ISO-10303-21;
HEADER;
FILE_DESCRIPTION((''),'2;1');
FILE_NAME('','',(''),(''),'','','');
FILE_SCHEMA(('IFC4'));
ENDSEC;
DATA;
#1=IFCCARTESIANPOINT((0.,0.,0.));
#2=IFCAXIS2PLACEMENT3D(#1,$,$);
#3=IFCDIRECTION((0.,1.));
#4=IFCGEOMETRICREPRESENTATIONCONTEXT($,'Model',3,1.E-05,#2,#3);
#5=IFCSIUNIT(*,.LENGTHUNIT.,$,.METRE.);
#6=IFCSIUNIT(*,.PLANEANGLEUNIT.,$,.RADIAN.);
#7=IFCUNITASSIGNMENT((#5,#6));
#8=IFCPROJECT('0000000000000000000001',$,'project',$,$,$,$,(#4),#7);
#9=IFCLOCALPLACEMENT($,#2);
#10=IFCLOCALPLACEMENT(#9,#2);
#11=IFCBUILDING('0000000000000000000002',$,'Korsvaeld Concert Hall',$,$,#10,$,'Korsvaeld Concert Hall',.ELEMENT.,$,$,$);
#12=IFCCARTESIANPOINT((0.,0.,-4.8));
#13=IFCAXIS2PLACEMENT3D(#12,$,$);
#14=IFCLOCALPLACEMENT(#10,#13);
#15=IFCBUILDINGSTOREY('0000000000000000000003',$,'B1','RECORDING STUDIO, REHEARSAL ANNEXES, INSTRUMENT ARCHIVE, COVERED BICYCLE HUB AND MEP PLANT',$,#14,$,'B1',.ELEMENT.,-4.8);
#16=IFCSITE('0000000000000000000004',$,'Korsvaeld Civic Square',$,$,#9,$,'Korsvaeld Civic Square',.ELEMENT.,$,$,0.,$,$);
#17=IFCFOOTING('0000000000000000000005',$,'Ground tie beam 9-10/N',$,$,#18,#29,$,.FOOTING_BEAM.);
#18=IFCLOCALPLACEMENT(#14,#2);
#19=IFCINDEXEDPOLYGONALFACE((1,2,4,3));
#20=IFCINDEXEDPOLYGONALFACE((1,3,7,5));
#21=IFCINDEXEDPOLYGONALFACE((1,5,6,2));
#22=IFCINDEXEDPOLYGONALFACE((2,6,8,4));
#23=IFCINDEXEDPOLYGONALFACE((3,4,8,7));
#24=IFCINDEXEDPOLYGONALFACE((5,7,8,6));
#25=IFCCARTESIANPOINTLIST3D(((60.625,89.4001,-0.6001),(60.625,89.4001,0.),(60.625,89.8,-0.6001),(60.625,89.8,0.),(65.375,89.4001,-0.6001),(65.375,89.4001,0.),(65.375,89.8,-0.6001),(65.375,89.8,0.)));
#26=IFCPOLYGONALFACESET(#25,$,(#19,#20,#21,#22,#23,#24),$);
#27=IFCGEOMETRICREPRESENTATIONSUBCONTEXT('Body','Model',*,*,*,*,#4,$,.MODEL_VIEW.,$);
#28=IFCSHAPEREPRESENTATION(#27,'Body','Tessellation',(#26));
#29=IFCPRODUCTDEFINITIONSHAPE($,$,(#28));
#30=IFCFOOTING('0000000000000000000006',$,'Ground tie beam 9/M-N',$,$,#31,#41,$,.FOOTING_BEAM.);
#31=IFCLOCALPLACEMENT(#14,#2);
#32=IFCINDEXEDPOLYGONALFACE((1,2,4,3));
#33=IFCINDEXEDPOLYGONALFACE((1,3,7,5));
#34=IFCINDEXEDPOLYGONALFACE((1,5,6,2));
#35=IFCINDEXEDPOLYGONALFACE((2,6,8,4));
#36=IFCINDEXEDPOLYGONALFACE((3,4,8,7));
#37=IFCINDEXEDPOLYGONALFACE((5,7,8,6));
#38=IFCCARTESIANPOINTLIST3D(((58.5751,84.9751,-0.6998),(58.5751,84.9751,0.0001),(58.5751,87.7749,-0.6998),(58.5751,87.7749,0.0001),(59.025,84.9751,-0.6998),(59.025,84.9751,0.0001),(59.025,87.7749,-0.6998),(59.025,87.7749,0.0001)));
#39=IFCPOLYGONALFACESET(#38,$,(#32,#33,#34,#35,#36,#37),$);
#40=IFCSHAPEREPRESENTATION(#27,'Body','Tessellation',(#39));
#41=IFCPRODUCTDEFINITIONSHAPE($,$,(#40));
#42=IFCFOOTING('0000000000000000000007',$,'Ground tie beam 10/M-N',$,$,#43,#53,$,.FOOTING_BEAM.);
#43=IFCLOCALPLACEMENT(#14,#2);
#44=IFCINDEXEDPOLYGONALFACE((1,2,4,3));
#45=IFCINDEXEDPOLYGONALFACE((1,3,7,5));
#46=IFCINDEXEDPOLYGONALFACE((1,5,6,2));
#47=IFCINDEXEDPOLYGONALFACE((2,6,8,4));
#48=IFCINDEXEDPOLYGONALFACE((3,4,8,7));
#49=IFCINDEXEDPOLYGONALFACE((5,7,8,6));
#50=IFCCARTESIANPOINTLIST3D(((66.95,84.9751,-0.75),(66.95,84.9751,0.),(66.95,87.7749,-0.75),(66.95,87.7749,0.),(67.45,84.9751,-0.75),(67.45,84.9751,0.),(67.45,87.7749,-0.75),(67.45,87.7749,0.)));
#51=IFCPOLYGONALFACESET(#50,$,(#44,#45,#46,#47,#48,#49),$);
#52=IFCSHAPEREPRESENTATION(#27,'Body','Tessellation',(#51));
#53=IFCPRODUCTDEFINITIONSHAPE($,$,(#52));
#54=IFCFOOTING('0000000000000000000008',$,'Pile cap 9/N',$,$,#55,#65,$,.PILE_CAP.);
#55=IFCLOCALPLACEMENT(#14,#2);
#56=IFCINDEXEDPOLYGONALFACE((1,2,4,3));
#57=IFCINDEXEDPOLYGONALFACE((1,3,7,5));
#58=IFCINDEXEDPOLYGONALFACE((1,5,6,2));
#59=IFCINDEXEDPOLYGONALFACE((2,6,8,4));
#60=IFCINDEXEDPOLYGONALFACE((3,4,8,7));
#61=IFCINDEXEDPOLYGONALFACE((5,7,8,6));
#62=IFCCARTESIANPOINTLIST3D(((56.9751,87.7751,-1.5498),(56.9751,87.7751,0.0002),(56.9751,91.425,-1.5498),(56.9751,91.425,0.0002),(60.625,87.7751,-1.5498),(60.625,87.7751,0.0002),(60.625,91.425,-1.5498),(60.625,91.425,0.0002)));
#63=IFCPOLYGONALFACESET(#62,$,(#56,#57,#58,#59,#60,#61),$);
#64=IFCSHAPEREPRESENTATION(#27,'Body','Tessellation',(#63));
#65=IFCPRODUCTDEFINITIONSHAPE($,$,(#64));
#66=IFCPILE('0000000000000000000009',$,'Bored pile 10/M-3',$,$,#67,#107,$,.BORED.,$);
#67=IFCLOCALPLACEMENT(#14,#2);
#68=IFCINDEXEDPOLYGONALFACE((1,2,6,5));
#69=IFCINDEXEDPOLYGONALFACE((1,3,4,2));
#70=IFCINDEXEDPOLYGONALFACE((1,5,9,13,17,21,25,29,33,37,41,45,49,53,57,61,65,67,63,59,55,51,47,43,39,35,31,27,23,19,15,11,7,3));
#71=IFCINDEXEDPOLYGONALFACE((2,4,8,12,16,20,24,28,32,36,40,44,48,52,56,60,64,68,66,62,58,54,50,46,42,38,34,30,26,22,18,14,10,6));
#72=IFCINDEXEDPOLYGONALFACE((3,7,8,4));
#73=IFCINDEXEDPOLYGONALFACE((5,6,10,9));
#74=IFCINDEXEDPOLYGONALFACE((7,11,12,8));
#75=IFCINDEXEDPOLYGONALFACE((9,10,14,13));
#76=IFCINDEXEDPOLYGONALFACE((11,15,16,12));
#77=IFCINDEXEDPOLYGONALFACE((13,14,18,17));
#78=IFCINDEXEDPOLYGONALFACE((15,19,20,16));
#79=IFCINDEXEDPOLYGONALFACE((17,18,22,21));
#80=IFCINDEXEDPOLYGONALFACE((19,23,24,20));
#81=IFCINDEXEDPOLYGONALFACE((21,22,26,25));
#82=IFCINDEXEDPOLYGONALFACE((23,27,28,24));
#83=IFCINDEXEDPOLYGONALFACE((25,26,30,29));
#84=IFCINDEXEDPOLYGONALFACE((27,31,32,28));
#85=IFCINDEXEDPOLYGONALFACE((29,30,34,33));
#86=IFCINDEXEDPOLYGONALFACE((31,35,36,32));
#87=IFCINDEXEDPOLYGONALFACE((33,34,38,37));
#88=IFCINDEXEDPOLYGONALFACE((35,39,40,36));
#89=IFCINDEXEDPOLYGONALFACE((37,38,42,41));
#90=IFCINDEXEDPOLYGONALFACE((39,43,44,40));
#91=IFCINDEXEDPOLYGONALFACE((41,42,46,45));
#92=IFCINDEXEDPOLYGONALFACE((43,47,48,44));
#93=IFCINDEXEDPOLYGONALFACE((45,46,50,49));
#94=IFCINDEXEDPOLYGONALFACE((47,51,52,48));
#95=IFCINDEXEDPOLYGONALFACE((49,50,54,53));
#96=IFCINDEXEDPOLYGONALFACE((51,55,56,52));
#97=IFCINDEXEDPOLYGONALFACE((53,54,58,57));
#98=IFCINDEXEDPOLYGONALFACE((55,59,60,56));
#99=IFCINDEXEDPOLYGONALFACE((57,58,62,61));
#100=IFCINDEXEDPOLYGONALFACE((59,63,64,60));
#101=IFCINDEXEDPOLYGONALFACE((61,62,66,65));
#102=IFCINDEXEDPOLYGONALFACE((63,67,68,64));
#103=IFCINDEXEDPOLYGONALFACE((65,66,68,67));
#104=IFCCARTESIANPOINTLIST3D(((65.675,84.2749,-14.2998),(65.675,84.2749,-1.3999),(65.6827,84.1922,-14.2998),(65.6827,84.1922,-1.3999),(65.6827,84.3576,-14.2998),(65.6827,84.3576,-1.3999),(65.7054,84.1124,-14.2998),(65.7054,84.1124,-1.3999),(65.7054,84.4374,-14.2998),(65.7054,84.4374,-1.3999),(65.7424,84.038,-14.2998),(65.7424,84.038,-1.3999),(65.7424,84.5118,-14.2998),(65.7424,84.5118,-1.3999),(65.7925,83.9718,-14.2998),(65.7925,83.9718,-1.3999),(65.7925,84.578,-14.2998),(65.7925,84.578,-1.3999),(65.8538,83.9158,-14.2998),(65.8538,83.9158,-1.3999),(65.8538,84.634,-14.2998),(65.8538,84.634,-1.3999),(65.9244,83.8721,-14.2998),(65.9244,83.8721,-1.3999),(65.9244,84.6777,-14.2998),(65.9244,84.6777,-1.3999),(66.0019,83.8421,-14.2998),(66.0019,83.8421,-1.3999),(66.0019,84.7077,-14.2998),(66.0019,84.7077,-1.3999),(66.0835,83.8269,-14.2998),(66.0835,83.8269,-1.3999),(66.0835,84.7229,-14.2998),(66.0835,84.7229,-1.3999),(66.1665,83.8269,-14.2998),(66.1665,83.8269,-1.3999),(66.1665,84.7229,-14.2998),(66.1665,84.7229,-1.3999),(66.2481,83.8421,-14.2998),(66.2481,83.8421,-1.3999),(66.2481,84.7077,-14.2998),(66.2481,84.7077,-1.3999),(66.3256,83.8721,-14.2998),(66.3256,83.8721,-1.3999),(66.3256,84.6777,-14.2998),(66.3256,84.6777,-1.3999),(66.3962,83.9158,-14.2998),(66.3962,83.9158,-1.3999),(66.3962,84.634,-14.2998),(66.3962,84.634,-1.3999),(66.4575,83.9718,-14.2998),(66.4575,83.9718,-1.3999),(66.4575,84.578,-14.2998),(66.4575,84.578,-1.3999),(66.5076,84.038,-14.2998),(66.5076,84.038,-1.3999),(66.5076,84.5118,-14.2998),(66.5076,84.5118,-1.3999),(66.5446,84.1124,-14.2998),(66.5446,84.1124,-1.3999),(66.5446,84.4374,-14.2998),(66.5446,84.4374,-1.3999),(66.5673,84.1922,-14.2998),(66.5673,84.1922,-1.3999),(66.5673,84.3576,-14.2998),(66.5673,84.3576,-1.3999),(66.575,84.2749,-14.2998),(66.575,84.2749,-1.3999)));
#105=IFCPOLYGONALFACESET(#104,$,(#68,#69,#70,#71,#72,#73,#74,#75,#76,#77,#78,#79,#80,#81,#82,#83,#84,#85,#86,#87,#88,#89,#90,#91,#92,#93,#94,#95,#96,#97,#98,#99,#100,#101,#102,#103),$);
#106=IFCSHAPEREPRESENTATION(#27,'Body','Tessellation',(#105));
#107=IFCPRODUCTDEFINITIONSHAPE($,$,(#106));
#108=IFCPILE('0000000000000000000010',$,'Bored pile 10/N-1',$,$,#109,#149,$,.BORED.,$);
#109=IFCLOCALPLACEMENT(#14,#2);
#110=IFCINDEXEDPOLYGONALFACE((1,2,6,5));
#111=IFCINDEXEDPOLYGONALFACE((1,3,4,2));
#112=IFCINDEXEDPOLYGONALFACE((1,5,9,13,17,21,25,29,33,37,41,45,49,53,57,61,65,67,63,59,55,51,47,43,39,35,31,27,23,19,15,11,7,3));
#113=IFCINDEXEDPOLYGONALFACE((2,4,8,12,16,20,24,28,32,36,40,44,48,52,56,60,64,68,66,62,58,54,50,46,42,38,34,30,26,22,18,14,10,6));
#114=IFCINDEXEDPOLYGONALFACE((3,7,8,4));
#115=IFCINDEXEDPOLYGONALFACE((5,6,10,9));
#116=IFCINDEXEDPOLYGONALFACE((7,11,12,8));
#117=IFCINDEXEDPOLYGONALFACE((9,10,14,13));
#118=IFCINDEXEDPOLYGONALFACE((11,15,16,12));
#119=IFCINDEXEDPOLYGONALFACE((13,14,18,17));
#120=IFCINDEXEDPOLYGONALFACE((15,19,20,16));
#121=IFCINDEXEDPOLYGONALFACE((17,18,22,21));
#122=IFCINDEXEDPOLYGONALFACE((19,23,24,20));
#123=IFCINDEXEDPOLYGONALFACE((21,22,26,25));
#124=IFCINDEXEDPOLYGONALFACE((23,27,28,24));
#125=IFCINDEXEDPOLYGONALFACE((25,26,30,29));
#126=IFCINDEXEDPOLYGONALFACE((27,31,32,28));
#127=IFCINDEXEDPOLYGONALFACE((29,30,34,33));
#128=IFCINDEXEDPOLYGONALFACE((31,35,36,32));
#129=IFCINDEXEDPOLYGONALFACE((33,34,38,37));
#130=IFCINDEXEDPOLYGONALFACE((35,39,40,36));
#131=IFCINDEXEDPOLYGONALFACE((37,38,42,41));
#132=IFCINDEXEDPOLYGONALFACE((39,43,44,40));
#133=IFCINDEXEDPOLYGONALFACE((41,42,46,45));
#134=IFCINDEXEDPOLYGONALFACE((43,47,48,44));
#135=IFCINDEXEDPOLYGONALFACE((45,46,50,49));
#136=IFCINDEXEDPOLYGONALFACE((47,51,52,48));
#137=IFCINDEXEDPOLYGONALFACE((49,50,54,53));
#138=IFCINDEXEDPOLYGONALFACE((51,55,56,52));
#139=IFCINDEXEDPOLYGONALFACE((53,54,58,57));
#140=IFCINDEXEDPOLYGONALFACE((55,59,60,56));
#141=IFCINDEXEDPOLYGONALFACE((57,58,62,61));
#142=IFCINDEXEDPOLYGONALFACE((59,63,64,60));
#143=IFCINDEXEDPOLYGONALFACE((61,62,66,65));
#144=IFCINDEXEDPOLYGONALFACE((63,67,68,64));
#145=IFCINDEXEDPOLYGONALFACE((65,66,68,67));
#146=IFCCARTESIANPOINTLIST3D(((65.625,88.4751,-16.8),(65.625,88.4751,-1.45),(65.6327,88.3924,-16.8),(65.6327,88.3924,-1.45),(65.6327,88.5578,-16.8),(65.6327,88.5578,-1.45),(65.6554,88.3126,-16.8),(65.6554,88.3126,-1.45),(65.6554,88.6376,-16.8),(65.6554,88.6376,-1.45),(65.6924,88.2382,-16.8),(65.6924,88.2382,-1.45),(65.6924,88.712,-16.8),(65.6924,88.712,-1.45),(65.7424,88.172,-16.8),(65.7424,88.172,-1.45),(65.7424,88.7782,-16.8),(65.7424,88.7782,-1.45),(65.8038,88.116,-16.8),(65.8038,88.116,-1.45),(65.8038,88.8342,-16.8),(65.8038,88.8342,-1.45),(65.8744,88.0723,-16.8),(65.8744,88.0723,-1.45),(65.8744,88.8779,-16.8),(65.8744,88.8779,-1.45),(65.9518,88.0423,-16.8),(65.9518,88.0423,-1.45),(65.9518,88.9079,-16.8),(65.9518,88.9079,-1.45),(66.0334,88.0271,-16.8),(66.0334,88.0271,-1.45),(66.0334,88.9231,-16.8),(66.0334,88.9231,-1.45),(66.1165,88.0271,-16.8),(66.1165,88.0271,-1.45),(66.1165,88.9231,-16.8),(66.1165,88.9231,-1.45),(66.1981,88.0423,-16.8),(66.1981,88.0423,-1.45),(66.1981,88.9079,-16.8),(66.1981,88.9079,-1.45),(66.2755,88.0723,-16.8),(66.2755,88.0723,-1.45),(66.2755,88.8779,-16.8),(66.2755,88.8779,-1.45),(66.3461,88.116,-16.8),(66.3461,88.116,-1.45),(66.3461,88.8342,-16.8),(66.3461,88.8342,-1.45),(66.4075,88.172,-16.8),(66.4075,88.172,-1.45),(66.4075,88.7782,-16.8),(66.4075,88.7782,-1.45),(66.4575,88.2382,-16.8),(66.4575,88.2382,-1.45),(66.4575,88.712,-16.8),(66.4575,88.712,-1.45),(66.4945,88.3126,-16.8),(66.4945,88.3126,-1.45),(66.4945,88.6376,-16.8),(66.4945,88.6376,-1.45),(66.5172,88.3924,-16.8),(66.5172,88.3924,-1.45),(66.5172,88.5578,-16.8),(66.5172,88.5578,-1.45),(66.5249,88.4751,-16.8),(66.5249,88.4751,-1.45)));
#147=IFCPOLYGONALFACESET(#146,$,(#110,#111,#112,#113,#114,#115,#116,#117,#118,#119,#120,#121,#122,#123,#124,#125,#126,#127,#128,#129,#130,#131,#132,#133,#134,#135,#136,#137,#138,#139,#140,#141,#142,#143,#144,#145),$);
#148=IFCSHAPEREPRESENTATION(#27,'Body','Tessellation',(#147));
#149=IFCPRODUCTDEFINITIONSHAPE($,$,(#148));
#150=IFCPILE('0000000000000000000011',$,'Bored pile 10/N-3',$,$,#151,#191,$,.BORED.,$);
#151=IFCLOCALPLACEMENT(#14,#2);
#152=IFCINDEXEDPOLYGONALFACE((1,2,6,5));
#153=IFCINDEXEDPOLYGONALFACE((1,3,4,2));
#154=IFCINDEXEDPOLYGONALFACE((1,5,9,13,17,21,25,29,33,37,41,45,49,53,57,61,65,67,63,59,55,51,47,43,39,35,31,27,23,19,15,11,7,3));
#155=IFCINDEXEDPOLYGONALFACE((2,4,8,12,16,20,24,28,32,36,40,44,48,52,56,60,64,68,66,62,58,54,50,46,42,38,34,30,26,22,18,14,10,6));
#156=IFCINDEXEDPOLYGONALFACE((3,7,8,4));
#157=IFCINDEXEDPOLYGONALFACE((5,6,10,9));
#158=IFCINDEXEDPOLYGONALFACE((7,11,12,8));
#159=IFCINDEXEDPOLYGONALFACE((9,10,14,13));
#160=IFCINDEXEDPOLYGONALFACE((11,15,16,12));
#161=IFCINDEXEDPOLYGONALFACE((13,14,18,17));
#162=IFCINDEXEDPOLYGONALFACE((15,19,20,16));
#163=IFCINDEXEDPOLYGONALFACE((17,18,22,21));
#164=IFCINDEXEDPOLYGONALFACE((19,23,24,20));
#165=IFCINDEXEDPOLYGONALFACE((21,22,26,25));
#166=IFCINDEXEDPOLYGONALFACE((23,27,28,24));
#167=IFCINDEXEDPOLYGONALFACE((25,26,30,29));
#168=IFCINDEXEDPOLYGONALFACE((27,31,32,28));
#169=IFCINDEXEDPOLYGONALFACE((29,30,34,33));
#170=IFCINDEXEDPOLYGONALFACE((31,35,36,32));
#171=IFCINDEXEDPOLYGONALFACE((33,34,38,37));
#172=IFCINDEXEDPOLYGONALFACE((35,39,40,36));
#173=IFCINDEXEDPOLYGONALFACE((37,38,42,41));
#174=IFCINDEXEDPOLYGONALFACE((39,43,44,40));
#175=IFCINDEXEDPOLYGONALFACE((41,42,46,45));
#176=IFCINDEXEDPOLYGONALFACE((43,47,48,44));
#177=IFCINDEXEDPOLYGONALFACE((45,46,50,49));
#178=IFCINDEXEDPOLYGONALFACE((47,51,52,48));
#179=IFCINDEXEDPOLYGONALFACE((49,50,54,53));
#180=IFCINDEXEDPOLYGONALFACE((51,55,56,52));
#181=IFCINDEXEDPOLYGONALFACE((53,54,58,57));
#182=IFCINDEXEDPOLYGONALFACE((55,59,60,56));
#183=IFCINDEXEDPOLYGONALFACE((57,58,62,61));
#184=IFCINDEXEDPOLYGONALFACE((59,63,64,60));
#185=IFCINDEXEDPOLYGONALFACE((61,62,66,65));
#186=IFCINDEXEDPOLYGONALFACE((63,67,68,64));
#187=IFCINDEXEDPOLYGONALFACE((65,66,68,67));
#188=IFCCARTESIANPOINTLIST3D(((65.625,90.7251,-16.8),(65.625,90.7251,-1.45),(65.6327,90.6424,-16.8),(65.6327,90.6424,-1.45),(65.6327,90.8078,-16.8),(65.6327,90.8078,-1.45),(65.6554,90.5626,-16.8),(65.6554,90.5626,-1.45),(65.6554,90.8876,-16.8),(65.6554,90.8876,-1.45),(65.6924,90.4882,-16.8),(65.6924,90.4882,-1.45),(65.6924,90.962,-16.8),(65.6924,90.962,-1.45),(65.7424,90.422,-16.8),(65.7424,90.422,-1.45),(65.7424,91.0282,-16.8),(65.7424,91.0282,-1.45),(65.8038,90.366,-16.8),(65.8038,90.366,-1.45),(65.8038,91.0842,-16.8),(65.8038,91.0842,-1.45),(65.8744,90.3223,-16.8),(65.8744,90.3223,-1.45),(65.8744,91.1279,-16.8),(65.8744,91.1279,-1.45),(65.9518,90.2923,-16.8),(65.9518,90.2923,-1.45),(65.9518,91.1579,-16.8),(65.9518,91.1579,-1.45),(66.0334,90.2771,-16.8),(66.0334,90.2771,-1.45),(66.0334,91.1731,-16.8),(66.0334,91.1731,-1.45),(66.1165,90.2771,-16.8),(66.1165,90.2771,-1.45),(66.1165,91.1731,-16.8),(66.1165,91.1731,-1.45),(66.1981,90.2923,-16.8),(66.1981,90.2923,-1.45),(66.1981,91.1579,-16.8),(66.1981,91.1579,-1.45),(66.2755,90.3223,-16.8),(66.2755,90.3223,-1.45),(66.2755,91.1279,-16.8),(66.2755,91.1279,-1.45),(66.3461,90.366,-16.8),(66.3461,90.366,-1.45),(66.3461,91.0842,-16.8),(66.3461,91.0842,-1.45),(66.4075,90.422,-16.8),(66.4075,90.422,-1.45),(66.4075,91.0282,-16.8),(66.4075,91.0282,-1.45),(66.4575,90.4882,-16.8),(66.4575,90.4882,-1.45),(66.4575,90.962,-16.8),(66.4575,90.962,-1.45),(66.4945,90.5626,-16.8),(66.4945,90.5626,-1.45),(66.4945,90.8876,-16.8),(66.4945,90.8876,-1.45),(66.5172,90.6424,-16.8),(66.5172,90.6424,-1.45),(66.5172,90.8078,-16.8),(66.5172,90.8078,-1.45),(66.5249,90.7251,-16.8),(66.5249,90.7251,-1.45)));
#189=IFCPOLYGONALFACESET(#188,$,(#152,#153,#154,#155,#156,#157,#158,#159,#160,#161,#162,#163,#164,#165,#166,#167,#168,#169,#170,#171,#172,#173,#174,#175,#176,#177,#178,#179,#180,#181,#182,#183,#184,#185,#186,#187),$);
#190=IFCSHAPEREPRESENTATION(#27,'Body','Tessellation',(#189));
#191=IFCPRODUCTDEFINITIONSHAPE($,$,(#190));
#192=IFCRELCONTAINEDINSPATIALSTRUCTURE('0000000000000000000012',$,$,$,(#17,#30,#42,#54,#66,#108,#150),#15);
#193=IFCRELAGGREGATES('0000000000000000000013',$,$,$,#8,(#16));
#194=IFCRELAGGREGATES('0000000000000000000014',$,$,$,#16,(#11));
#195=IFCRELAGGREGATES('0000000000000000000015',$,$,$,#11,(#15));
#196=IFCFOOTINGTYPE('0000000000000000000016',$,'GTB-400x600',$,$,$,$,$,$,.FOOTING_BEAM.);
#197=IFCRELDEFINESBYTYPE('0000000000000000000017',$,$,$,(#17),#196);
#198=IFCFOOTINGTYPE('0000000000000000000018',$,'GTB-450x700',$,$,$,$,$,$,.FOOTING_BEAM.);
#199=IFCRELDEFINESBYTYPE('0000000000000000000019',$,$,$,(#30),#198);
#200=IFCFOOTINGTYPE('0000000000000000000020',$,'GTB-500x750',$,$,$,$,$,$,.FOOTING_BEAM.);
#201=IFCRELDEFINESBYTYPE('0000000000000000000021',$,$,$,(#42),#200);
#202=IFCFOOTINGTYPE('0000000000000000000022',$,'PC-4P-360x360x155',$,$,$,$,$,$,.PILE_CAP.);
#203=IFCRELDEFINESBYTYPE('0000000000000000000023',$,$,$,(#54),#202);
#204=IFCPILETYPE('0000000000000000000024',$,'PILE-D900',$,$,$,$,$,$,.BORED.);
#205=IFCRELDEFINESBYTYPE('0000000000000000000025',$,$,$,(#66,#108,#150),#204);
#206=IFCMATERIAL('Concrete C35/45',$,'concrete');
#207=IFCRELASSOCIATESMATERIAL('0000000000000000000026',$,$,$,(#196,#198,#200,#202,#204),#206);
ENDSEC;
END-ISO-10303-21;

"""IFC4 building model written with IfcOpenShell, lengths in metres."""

from ifc_helpers import new_model, si_unit, direction, frame, origin, origin_2d, place, context, subcontext, project, spatial, rectangle, circle, extrude, material, material_profile, profile_set, type_object, element, save


model = new_model("IFC4")

# Units and contexts
model_context = context("Model", 3, precision=1e-05, world=origin(), true_north=direction((0.0, 1.0)))
body_context = subcontext(model_context, "Body", "Model", "MODEL_VIEW")
ifc_project = project(units=[si_unit("LENGTHUNIT", "METRE"), si_unit("PLANEANGLEUNIT", "RADIAN")], contexts=[model_context])

# Site, building, storey
site_placement = place(None, origin())
site = spatial("IfcSite", under=ifc_project, at=site_placement, Name="Korsvaeld Civic Square", LongName="Korsvaeld Civic Square", CompositionType="ELEMENT", RefElevation=0.0)
building_placement = place(site_placement, origin())
building = spatial("IfcBuilding", under=site, at=building_placement, Name="Korsvaeld Concert Hall", LongName="Korsvaeld Concert Hall", CompositionType="ELEMENT")
storey_placement = place(building_placement, frame((0.0, 0.0, -4.8)))
storey = spatial("IfcBuildingStorey", under=building, at=storey_placement, Name="B1", Description="RECORDING STUDIO, REHEARSAL ANNEXES, INSTRUMENT ARCHIVE, COVERED BICYCLE HUB AND MEP PLANT", LongName="B1", CompositionType="ELEMENT", Elevation=-4.8)

# Footings
ifc_material_1 = material(Name="Concrete C35/45", Category="concrete")
ifc_material_profile_1 = material_profile(ifc_material_1, rectangle(XDim=0.3999, YDim=0.6001, at=origin_2d()), Name="GTB 400x600")
ifc_profile_set_1 = profile_set([ifc_material_profile_1], Name="Concrete C35/45")
footing_type_1 = type_object("IfcFootingType", Name="GTB-400x600", PredefinedType="FOOTING_BEAM", material=ifc_profile_set_1)
footing_1_placement = place(storey_placement, frame((60.625, 89.6001, -0.3), z_axis=(1.0, 0.0, 0.0), x_axis=(0.0, 1.0, 0.0)))
element("IfcFooting", 1, at=footing_1_placement, inside=storey, type_object=footing_type_1, Name="Ground tie beam 9-10/N", PredefinedType="FOOTING_BEAM", context=body_context, shape_type="SweptSolid", body=[
    extrude(rectangle(XDim=0.3999, YDim=0.6001, at=origin_2d()), origin(), (0.0, 0.0, 1.0), 4.75),
])
ifc_material_profile_2 = material_profile(ifc_material_1, rectangle(XDim=0.45, YDim=0.7, at=origin_2d()), Name="GTB 450x700")
ifc_profile_set_2 = profile_set([ifc_material_profile_2], Name="Concrete C35/45")
footing_type_2 = type_object("IfcFootingType", Name="GTB-450x700", PredefinedType="FOOTING_BEAM", material=ifc_profile_set_2)
footing_2_placement = place(storey_placement, frame((58.8, 84.9751, -0.3499), z_axis=(0.0, 1.0, 0.0), x_axis=(-1.0, 0.0, 0.0)))
element("IfcFooting", 2, at=footing_2_placement, inside=storey, type_object=footing_type_2, Name="Ground tie beam 9/M-N", PredefinedType="FOOTING_BEAM", context=body_context, shape_type="SweptSolid", body=[
    extrude(rectangle(XDim=0.45, YDim=0.7, at=origin_2d()), origin(), (0.0, 0.0, 1.0), 2.7998),
])
ifc_material_profile_3 = material_profile(ifc_material_1, rectangle(XDim=0.5, YDim=0.75, at=origin_2d()), Name="GTB 500x750")
ifc_profile_set_3 = profile_set([ifc_material_profile_3], Name="Concrete C35/45")
footing_type_3 = type_object("IfcFootingType", Name="GTB-500x750", PredefinedType="FOOTING_BEAM", material=ifc_profile_set_3)
footing_3_placement = place(storey_placement, frame((67.2, 84.9751, -0.375), z_axis=(0.0, 1.0, 0.0), x_axis=(-1.0, 0.0, 0.0)))
element("IfcFooting", 3, at=footing_3_placement, inside=storey, type_object=footing_type_3, Name="Ground tie beam 10/M-N", PredefinedType="FOOTING_BEAM", context=body_context, shape_type="SweptSolid", body=[
    extrude(rectangle(XDim=0.5, YDim=0.75, at=origin_2d()), origin(), (0.0, 0.0, 1.0), 2.7998),
])
footing_type_4 = type_object("IfcFootingType", Name="PC-4P-360x360x155", PredefinedType="PILE_CAP", material=ifc_material_1)
footing_4_placement = place(storey_placement, frame((58.8, 89.6001, -1.5498), z_axis=(0.0, 0.0, 1.0), x_axis=(1.0, 0.0, 0.0)))
element("IfcFooting", 4, at=footing_4_placement, inside=storey, type_object=footing_type_4, Name="Pile cap 9/N", PredefinedType="PILE_CAP", context=body_context, shape_type="SweptSolid", body=[
    extrude(rectangle(XDim=3.6499, YDim=3.6499, at=origin_2d()), origin(), (0.0, 0.0, 1.0), 1.55),
])

# Piles
ifc_material_profile_4 = material_profile(ifc_material_1, circle(Radius=0.45, at=origin_2d()), Name="BORED PILE D900")
ifc_profile_set_4 = profile_set([ifc_material_profile_4], Name="Concrete C35/45")
pile_type = type_object("IfcPileType", Name="PILE-D900", PredefinedType="BORED", material=ifc_profile_set_4)
pile_1_placement = place(storey_placement, frame((66.125, 84.2749, -1.3999), z_axis=(0.0, 0.0, -1.0), x_axis=(1.0, 0.0, 0.0)))
element("IfcPile", 5, at=pile_1_placement, inside=storey, type_object=pile_type, Name="Bored pile 10/M-3", PredefinedType="BORED", context=body_context, shape_type="SweptSolid", body=[
    extrude(circle(Radius=0.45, at=origin_2d()), origin(), (0.0, 0.0, 1.0), 12.8999),
])
for number, where, z_axis, x_axis, name in (
    (6, (66.075, 88.4751, -1.45), (0.0, 0.0, -1.0), (1.0, 0.0, 0.0), "Bored pile 10/N-1"),
    (7, (66.075, 90.7251, -1.45), (0.0, 0.0, -1.0), (1.0, 0.0, 0.0), "Bored pile 10/N-3"),
):
    element("IfcPile", number, at=place(storey_placement, frame(where, z_axis=z_axis, x_axis=x_axis)), inside=storey, type_object=pile_type, Name=name, PredefinedType="BORED", context=body_context, shape_type="SweptSolid", body=[
        extrude(circle(Radius=0.45, at=origin_2d()), origin(), (0.0, 0.0, 1.0), 15.3501),
    ])

save(model, "model.ifc")
